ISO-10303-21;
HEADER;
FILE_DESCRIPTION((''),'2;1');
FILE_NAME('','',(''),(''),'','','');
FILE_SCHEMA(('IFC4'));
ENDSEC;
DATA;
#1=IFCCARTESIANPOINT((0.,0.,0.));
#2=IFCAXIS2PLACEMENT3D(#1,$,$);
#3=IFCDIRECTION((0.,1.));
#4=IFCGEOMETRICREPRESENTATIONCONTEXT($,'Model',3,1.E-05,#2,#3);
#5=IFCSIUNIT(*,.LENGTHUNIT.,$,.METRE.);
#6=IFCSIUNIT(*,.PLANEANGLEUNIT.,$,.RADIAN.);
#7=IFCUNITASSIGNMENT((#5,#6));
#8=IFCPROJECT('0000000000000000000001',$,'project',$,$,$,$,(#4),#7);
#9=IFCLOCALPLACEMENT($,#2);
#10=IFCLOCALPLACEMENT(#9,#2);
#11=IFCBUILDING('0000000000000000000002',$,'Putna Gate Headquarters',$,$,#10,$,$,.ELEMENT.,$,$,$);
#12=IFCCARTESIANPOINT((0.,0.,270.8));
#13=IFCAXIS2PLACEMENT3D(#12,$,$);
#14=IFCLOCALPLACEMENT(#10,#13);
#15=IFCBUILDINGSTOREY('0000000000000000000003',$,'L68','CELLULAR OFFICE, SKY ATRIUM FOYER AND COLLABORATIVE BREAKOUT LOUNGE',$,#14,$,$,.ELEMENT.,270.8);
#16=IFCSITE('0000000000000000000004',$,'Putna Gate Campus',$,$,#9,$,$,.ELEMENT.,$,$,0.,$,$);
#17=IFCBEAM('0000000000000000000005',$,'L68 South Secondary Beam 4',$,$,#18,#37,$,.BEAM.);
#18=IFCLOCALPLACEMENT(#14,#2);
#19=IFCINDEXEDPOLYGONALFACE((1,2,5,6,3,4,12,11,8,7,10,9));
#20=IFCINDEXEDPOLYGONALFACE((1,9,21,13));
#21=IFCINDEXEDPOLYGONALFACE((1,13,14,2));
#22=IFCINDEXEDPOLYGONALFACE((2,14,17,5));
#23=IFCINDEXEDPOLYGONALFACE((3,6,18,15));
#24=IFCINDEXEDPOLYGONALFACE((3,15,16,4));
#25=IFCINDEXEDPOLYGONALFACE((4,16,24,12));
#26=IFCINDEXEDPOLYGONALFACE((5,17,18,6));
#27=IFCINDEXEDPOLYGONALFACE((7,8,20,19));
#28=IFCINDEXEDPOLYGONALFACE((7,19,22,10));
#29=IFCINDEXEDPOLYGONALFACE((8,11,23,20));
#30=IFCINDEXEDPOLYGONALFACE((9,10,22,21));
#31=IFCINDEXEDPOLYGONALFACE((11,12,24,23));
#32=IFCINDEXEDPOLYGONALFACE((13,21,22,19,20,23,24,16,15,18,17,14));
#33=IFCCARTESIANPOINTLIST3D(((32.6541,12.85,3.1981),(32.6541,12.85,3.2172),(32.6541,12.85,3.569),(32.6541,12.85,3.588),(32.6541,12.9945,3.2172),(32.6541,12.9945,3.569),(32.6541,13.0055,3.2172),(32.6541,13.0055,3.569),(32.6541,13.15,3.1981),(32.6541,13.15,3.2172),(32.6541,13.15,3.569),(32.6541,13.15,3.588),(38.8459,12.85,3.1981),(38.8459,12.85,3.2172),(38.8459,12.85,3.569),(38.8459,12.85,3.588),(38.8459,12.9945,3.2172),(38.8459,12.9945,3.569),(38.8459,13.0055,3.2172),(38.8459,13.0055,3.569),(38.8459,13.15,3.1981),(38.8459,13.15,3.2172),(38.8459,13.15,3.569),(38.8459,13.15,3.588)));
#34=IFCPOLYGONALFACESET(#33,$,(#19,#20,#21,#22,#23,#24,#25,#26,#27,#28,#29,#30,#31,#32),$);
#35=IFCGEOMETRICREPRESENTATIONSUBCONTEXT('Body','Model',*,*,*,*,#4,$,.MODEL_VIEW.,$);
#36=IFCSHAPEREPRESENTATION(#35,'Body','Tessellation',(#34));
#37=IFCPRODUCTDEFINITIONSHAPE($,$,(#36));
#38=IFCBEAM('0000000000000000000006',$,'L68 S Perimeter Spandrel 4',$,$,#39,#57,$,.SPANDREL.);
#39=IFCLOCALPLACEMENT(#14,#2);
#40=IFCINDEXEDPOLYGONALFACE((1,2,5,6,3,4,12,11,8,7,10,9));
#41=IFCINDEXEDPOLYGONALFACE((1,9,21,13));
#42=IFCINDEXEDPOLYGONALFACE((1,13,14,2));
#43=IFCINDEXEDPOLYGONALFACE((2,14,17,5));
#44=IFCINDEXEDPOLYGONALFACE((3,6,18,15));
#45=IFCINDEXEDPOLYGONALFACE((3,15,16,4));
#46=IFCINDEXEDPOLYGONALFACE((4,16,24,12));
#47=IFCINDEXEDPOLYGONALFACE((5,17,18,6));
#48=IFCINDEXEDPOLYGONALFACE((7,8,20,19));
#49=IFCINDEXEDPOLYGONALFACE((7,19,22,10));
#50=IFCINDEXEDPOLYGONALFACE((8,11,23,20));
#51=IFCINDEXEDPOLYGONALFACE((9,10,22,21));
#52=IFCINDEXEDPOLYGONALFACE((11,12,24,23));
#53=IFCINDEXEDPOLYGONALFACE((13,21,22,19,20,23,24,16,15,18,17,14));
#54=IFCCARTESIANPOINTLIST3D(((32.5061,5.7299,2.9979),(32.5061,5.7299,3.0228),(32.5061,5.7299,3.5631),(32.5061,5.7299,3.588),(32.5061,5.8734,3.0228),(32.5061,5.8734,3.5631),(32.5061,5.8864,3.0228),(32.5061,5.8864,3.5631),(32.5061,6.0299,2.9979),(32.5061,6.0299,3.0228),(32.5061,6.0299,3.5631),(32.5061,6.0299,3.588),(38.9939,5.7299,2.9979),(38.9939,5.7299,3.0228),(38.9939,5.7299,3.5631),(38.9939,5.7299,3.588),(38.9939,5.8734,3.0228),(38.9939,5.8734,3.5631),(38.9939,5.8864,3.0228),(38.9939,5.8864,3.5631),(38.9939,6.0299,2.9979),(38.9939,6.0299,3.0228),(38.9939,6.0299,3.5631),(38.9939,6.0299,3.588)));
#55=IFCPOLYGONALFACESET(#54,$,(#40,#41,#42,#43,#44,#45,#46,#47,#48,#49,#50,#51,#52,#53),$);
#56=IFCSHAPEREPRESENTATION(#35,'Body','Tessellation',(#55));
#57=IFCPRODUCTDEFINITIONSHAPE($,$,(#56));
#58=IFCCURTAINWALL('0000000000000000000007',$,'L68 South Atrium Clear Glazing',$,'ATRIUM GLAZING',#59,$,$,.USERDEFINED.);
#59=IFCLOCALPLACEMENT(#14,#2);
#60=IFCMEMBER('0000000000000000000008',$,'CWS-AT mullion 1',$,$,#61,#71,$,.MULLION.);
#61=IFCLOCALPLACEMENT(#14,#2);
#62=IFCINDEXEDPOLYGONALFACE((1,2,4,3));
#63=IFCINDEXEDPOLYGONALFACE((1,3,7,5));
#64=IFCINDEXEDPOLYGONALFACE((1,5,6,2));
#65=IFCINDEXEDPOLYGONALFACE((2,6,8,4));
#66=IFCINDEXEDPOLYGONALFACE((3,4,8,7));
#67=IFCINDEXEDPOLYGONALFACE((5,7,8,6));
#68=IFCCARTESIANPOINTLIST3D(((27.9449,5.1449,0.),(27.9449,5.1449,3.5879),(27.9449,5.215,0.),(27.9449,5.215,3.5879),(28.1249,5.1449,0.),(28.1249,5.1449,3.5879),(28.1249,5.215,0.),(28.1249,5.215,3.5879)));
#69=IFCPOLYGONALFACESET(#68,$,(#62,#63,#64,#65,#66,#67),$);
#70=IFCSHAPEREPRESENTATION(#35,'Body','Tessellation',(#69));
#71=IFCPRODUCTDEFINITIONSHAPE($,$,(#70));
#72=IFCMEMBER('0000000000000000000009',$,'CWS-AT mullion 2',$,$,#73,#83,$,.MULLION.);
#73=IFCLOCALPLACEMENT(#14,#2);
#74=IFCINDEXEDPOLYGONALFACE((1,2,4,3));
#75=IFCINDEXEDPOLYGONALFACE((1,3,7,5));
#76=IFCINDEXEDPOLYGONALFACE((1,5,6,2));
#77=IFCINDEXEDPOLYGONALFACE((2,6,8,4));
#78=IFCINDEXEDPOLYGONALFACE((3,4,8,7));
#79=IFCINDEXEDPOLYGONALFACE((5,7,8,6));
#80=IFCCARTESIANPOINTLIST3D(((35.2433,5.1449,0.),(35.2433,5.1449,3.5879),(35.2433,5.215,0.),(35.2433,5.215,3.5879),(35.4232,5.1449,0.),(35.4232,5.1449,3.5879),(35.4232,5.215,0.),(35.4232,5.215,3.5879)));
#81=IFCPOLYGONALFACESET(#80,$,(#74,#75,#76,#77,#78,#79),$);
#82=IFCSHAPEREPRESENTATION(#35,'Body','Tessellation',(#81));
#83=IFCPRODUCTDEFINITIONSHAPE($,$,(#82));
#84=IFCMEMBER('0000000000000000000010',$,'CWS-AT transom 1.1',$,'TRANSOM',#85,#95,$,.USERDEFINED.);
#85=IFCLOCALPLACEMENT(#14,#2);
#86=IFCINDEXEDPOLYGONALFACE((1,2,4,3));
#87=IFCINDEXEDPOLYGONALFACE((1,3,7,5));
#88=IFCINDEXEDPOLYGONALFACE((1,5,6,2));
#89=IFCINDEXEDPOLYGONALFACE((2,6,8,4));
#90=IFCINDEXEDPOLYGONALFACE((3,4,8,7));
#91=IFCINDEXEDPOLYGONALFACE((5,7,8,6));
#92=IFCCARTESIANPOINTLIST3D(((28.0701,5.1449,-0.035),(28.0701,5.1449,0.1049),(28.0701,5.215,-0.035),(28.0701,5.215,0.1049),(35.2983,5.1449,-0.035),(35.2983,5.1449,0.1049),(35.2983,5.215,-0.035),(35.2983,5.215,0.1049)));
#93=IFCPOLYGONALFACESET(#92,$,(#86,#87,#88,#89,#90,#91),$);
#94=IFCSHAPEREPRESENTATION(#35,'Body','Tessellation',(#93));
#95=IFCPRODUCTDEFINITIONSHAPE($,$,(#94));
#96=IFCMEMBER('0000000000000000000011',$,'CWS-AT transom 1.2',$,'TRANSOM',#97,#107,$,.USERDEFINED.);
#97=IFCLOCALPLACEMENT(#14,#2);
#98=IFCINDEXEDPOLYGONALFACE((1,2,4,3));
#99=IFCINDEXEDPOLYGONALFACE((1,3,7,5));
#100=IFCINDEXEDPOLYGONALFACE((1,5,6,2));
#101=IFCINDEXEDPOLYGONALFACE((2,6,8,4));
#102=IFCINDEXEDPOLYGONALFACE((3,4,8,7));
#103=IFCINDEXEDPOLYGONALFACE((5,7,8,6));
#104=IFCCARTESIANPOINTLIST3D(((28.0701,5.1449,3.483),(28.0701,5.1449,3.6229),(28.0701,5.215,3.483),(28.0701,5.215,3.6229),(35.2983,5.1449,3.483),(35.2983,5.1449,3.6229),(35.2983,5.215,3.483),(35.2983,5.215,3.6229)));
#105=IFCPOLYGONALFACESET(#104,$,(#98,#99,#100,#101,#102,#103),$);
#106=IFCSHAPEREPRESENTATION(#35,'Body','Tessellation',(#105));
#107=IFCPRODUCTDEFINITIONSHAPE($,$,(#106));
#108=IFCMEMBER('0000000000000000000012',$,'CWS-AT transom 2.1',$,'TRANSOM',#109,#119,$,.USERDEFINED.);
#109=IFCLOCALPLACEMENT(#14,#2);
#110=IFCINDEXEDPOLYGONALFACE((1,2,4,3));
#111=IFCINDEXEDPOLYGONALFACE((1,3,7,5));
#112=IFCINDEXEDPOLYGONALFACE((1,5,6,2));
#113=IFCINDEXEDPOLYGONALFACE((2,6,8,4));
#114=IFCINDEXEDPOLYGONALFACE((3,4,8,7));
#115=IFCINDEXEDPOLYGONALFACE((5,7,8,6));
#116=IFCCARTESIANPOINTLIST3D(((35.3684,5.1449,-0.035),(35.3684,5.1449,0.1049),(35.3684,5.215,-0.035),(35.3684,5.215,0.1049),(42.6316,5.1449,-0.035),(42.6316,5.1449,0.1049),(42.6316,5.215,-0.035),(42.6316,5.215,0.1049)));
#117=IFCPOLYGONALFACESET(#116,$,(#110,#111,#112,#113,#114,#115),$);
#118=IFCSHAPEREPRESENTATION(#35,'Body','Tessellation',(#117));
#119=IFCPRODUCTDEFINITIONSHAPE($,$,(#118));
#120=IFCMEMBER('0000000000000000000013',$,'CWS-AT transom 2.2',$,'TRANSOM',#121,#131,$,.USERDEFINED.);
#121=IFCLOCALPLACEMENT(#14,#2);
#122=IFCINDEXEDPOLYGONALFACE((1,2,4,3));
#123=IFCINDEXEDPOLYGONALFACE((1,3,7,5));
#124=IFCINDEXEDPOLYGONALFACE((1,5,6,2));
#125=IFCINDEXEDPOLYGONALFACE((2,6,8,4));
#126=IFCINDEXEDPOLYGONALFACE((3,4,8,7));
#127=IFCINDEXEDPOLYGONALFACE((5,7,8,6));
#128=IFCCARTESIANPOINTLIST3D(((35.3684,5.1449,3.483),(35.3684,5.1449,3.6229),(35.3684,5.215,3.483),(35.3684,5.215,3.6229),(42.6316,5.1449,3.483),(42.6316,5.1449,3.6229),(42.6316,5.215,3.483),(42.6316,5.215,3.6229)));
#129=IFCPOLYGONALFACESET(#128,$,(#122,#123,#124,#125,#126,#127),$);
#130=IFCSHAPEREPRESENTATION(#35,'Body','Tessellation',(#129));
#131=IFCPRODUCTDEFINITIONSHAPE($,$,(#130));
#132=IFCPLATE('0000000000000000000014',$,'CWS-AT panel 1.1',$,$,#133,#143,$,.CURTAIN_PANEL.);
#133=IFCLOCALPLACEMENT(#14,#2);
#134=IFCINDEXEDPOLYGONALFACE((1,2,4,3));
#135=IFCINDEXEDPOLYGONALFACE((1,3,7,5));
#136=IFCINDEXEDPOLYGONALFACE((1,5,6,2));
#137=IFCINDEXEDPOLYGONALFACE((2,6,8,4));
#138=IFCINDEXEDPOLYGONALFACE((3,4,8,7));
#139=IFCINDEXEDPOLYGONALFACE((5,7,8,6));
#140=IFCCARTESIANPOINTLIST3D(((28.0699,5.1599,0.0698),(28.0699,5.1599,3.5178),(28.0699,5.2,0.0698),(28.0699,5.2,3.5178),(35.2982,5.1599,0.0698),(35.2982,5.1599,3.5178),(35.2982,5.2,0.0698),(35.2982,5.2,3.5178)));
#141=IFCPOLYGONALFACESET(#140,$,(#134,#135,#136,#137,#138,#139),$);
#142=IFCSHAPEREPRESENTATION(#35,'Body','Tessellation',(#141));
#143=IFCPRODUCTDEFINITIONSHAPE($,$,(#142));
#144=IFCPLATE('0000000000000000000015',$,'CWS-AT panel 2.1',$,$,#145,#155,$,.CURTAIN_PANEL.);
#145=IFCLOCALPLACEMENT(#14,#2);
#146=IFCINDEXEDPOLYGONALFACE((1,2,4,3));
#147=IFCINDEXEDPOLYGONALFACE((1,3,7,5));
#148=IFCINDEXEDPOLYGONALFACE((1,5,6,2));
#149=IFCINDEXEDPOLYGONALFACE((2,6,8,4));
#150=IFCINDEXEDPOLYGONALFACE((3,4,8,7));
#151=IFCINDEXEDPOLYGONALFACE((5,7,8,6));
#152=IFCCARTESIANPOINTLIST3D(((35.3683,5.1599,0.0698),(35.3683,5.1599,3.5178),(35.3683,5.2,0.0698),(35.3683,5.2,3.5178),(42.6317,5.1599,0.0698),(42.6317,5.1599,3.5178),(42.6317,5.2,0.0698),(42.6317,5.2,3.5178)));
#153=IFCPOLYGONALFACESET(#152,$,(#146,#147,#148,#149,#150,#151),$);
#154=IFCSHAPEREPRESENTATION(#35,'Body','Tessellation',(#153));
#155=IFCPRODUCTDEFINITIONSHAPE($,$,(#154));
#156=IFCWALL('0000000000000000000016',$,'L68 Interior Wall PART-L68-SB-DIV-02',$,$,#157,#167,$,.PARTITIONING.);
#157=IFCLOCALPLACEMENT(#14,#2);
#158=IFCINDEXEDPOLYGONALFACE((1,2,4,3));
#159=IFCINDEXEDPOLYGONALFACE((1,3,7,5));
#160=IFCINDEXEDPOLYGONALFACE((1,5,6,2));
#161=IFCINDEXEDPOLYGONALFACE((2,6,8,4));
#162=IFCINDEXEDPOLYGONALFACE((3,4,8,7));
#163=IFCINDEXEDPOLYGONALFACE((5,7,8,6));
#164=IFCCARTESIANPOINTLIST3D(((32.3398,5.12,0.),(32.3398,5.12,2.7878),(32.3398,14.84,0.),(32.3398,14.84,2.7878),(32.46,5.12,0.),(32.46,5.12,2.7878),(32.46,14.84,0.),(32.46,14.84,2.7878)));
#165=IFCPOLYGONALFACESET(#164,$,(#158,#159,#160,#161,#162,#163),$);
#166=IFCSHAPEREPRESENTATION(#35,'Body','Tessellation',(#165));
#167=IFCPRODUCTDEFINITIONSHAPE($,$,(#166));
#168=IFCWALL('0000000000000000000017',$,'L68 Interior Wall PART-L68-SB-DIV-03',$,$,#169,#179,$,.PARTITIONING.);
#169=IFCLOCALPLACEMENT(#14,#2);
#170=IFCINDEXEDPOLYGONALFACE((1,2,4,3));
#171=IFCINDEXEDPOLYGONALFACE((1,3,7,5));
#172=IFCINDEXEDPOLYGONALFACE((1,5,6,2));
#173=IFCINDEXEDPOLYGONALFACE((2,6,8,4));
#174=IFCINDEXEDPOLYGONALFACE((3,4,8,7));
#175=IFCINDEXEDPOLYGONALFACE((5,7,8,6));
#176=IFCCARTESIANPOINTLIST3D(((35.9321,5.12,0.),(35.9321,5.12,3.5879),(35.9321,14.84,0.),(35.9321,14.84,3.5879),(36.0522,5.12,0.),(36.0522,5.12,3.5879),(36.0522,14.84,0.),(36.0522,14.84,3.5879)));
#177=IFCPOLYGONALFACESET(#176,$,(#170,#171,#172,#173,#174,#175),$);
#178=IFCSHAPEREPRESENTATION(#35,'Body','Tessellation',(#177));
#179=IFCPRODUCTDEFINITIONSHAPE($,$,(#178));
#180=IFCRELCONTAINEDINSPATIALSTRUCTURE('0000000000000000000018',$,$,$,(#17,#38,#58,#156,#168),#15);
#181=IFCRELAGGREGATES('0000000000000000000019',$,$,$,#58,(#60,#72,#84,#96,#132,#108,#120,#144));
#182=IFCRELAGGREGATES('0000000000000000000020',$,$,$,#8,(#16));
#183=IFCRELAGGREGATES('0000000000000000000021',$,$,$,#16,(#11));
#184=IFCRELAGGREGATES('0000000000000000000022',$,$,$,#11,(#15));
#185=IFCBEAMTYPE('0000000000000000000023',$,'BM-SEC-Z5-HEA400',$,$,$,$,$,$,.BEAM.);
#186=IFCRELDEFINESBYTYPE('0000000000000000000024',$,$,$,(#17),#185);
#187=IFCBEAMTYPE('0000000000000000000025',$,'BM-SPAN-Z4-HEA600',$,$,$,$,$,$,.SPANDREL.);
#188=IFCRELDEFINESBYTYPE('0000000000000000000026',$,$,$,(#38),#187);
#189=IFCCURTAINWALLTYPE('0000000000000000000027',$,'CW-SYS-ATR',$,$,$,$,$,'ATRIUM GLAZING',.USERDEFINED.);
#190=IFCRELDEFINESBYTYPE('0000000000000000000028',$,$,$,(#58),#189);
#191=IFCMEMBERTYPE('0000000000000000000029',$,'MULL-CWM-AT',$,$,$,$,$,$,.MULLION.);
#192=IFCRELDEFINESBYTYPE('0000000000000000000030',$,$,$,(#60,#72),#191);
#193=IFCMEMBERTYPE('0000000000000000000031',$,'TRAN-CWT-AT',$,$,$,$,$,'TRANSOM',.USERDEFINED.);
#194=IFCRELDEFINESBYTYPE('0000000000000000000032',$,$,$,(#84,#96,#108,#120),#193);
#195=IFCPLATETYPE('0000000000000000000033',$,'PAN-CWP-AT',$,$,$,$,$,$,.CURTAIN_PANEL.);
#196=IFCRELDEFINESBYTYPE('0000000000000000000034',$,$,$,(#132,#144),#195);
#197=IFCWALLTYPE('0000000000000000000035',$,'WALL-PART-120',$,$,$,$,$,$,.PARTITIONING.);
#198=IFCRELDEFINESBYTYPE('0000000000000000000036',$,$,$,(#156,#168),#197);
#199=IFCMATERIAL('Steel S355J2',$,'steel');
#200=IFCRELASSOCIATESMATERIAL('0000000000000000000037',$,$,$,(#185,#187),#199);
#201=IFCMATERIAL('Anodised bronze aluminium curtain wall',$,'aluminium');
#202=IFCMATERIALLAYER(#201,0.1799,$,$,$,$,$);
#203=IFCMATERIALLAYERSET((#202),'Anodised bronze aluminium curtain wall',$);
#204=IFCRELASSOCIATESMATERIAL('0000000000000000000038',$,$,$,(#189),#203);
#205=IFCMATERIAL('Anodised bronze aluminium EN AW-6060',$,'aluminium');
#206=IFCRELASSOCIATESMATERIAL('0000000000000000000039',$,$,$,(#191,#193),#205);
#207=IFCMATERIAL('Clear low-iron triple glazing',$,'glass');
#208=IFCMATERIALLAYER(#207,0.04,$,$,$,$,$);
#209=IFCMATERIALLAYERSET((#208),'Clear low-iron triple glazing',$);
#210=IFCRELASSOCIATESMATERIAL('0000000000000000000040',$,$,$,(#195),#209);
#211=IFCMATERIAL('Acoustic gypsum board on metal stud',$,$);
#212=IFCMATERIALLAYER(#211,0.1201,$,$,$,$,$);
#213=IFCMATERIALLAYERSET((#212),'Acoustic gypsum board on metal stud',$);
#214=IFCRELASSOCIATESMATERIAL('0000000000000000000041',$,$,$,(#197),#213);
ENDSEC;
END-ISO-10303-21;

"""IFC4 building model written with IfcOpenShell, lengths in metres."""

from ifc_helpers import new_model, si_unit, direction, frame, frame_2d, origin, origin_2d, place, context, subcontext, project, spatial, rectangle, i_section, extrude, material, layer, layer_set, material_profile, profile_set, type_object, element, aggregate, save


model = new_model("IFC4")

# Units and contexts
model_context = context("Model", 3, precision=1e-05, world=origin(), true_north=direction((0.0, 1.0)))
body_context = subcontext(model_context, "Body", "Model", "MODEL_VIEW")
ifc_project = project(units=[si_unit("LENGTHUNIT", "METRE"), si_unit("PLANEANGLEUNIT", "RADIAN")], contexts=[model_context])

# Site, building, storey
site_placement = place(None, origin())
site = spatial("IfcSite", under=ifc_project, at=site_placement, Name="Putna Gate Campus", CompositionType="ELEMENT", RefElevation=0.0)
building_placement = place(site_placement, origin())
building = spatial("IfcBuilding", under=site, at=building_placement, Name="Putna Gate Headquarters", CompositionType="ELEMENT")
storey_placement = place(building_placement, frame((0.0, 0.0, 270.8)))
storey = spatial("IfcBuildingStorey", under=building, at=storey_placement, Name="L68", Description="CELLULAR OFFICE, SKY ATRIUM FOYER AND COLLABORATIVE BREAKOUT LOUNGE", CompositionType="ELEMENT", Elevation=270.8)

# Beams
ifc_material_1 = material(Name="Steel S355J2", Category="steel")
ifc_material_profile_1 = material_profile(ifc_material_1, i_section(OverallWidth=0.3, OverallDepth=0.3899, WebThickness=0.011, FlangeThickness=0.019, at=origin_2d()), Name="Steel S355J2")
ifc_profile_set_1 = profile_set([ifc_material_profile_1], Name="Steel S355J2")
beam_type_1 = type_object("IfcBeamType", Name="BM-SEC-Z5-HEA400", PredefinedType="BEAM", material=ifc_profile_set_1)
beam_1_placement = place(storey_placement, frame((32.6541, 13.0, 3.3931), z_axis=(1.0, 0.0, 0.0), x_axis=(0.0, 1.0, 0.0)))
element("IfcBeam", 1, at=beam_1_placement, inside=storey, type_object=beam_type_1, Name="L68 South Secondary Beam 4", PredefinedType="BEAM", context=body_context, shape_type="SweptSolid", body=[
    extrude(i_section(OverallWidth=0.3, OverallDepth=0.3899, WebThickness=0.011, FlangeThickness=0.019, at=origin_2d()), origin(), (0.0, 0.0, 1.0), 6.1919),
])
ifc_material_profile_2 = material_profile(ifc_material_1, i_section(OverallWidth=0.3, OverallDepth=0.5901, WebThickness=0.0129, FlangeThickness=0.0249, at=origin_2d()), Name="Steel S355J2")
ifc_profile_set_2 = profile_set([ifc_material_profile_2], Name="Steel S355J2")
beam_type_2 = type_object("IfcBeamType", Name="BM-SPAN-Z4-HEA600", PredefinedType="SPANDREL", material=ifc_profile_set_2)
beam_2_placement = place(storey_placement, frame((32.5061, 5.8799, 3.293), z_axis=(1.0, 0.0, 0.0), x_axis=(0.0, 1.0, 0.0)))
element("IfcBeam", 2, at=beam_2_placement, inside=storey, type_object=beam_type_2, Name="L68 S Perimeter Spandrel 4", PredefinedType="SPANDREL", context=body_context, shape_type="SweptSolid", body=[
    extrude(i_section(OverallWidth=0.3, OverallDepth=0.5901, WebThickness=0.0129, FlangeThickness=0.0249, at=origin_2d()), origin(), (0.0, 0.0, 1.0), 6.4878),
])

# Curtain wall, members, plates
ifc_material_2 = material(Name="Anodised bronze aluminium curtain wall", Category="aluminium")
ifc_layer_1 = layer(ifc_material_2, 0.1799)
ifc_layer_set_1 = layer_set([ifc_layer_1], Name="Anodised bronze aluminium curtain wall")
curtain_wall_type = type_object("IfcCurtainWallType", Name="CW-SYS-ATR", ElementType="ATRIUM GLAZING", PredefinedType="USERDEFINED", material=ifc_layer_set_1)
curtain_wall_placement = place(storey_placement, origin())
curtain_wall = element("IfcCurtainWall", 3, at=curtain_wall_placement, inside=storey, type_object=curtain_wall_type, Name="L68 South Atrium Clear Glazing", ObjectType="ATRIUM GLAZING", PredefinedType="USERDEFINED")
ifc_material_3 = material(Name="Anodised bronze aluminium EN AW-6060", Category="aluminium")
ifc_material_profile_3 = material_profile(ifc_material_3, rectangle(XDim=0.0701, YDim=0.1799, at=origin_2d()), Name="Anodised bronze aluminium EN AW-6060")
ifc_profile_set_3 = profile_set([ifc_material_profile_3], Name="Anodised bronze aluminium EN AW-6060")
member_type_1 = type_object("IfcMemberType", Name="MULL-CWM-AT", PredefinedType="MULLION", material=ifc_profile_set_3)
member_1_placement = place(storey_placement, frame((28.0349, 5.1799, 0.0), z_axis=(0.0, 0.0, 1.0), x_axis=(0.0, 1.0, 0.0)))
member_1 = element("IfcMember", 4, at=member_1_placement, type_object=member_type_1, Name="CWS-AT mullion 1", PredefinedType="MULLION", context=body_context, shape_type="SweptSolid", body=[
    extrude(rectangle(XDim=0.0701, YDim=0.1799, at=origin_2d()), origin(), (0.0, 0.0, 1.0), 3.5879),
])
member_2_placement = place(storey_placement, frame((35.3333, 5.1799, 0.0), z_axis=(0.0, 0.0, 1.0), x_axis=(0.0, 1.0, 0.0)))
member_2 = element("IfcMember", 5, at=member_2_placement, type_object=member_type_1, Name="CWS-AT mullion 2", PredefinedType="MULLION", context=body_context, shape_type="SweptSolid", body=[
    extrude(rectangle(XDim=0.0701, YDim=0.1799, at=origin_2d()), origin(), (0.0, 0.0, 1.0), 3.5879),
])
ifc_material_profile_4 = material_profile(ifc_material_3, rectangle(XDim=0.0701, YDim=0.1399, at=origin_2d()), Name="Anodised bronze aluminium EN AW-6060")
ifc_profile_set_4 = profile_set([ifc_material_profile_4], Name="Anodised bronze aluminium EN AW-6060")
member_type_2 = type_object("IfcMemberType", Name="TRAN-CWT-AT", ElementType="TRANSOM", PredefinedType="USERDEFINED", material=ifc_profile_set_4)
member_3_placement = place(storey_placement, frame((28.0701, 5.1799, 0.0349), z_axis=(1.0, 0.0, 0.0), x_axis=(0.0, 1.0, 0.0)))
member_3 = element("IfcMember", 6, at=member_3_placement, type_object=member_type_2, Name="CWS-AT transom 1.1", ObjectType="TRANSOM", PredefinedType="USERDEFINED", context=body_context, shape_type="SweptSolid", body=[
    extrude(rectangle(XDim=0.0701, YDim=0.1399, at=origin_2d()), origin(), (0.0, 0.0, 1.0), 7.2283),
])
member_4_placement = place(storey_placement, frame((28.0701, 5.1799, 3.553), z_axis=(1.0, 0.0, 0.0), x_axis=(0.0, 1.0, 0.0)))
member_4 = element("IfcMember", 7, at=member_4_placement, type_object=member_type_2, Name="CWS-AT transom 1.2", ObjectType="TRANSOM", PredefinedType="USERDEFINED", context=body_context, shape_type="SweptSolid", body=[
    extrude(rectangle(XDim=0.0701, YDim=0.1399, at=origin_2d()), origin(), (0.0, 0.0, 1.0), 7.2283),
])
member_5_placement = place(storey_placement, frame((35.3684, 5.1799, 0.0349), z_axis=(1.0, 0.0, 0.0), x_axis=(0.0, 1.0, 0.0)))
member_5 = element("IfcMember", 8, at=member_5_placement, type_object=member_type_2, Name="CWS-AT transom 2.1", ObjectType="TRANSOM", PredefinedType="USERDEFINED", context=body_context, shape_type="SweptSolid", body=[
    extrude(rectangle(XDim=0.0701, YDim=0.1399, at=origin_2d()), origin(), (0.0, 0.0, 1.0), 7.2632),
])
member_6_placement = place(storey_placement, frame((35.3684, 5.1799, 3.553), z_axis=(1.0, 0.0, 0.0), x_axis=(0.0, 1.0, 0.0)))
member_6 = element("IfcMember", 9, at=member_6_placement, type_object=member_type_2, Name="CWS-AT transom 2.2", ObjectType="TRANSOM", PredefinedType="USERDEFINED", context=body_context, shape_type="SweptSolid", body=[
    extrude(rectangle(XDim=0.0701, YDim=0.1399, at=origin_2d()), origin(), (0.0, 0.0, 1.0), 7.2632),
])
ifc_material_4 = material(Name="Clear low-iron triple glazing", Category="glass")
ifc_layer_2 = layer(ifc_material_4, 0.04)
ifc_layer_set_2 = layer_set([ifc_layer_2], Name="Clear low-iron triple glazing")
plate_type = type_object("IfcPlateType", Name="PAN-CWP-AT", PredefinedType="CURTAIN_PANEL", material=ifc_layer_set_2)
plate_1_placement = place(storey_placement, frame((31.6841, 5.1799, 0.0698), z_axis=(0.0, 0.0, 1.0), x_axis=(1.0, 0.0, 0.0)))
plate_1 = element("IfcPlate", 10, at=plate_1_placement, type_object=plate_type, Name="CWS-AT panel 1.1", PredefinedType="CURTAIN_PANEL", context=body_context, shape_type="SweptSolid", body=[
    extrude(rectangle(XDim=7.2283, YDim=0.04, at=origin_2d()), origin(), (0.0, 0.0, 1.0), 3.448),
])
plate_2_placement = place(storey_placement, frame((39.0, 5.1799, 0.0698), z_axis=(0.0, 0.0, 1.0), x_axis=(1.0, 0.0, 0.0)))
plate_2 = element("IfcPlate", 11, at=plate_2_placement, type_object=plate_type, Name="CWS-AT panel 2.1", PredefinedType="CURTAIN_PANEL", context=body_context, shape_type="SweptSolid", body=[
    extrude(rectangle(XDim=7.2634, YDim=0.04, at=origin_2d()), origin(), (0.0, 0.0, 1.0), 3.448),
])
aggregate(curtain_wall, [member_1, member_2, member_3, member_4, plate_1, member_5, member_6, plate_2])

# Walls
ifc_material_5 = material(Name="Acoustic gypsum board on metal stud")
ifc_layer_3 = layer(ifc_material_5, 0.1201)
ifc_layer_set_3 = layer_set([ifc_layer_3], Name="Acoustic gypsum board on metal stud")
wall_type_1 = type_object("IfcWallType", Name="WALL-PART-120", PredefinedType="PARTITIONING", material=ifc_layer_set_3)
wall_1_placement = place(storey_placement, frame((32.3999, 5.1201, 0.0), z_axis=(0.0, 0.0, 1.0), x_axis=(0.0, 1.0, 0.0)))
element("IfcWall", 12, at=wall_1_placement, inside=storey, type_object=wall_type_1, Name="L68 Interior Wall PART-L68-SB-DIV-02", PredefinedType="PARTITIONING", context=body_context, shape_type="SweptSolid", body=[
    extrude(rectangle(XDim=9.72, YDim=0.1201, at=frame_2d((4.8599, 0.0))), origin(), (0.0, 0.0, 1.0), 2.7878),
])
wall_2_placement = place(storey_placement, frame((35.9922, 5.1201, 0.0), z_axis=(0.0, 0.0, 1.0), x_axis=(0.0, 1.0, 0.0)))
element("IfcWall", 13, at=wall_2_placement, inside=storey, type_object=wall_type_1, Name="L68 Interior Wall PART-L68-SB-DIV-03", PredefinedType="PARTITIONING", context=body_context, shape_type="SweptSolid", body=[
    extrude(rectangle(XDim=9.72, YDim=0.1201, at=frame_2d((4.8599, 0.0))), origin(), (0.0, 0.0, 1.0), 3.5879),
])

save(model, "model.ifc")
